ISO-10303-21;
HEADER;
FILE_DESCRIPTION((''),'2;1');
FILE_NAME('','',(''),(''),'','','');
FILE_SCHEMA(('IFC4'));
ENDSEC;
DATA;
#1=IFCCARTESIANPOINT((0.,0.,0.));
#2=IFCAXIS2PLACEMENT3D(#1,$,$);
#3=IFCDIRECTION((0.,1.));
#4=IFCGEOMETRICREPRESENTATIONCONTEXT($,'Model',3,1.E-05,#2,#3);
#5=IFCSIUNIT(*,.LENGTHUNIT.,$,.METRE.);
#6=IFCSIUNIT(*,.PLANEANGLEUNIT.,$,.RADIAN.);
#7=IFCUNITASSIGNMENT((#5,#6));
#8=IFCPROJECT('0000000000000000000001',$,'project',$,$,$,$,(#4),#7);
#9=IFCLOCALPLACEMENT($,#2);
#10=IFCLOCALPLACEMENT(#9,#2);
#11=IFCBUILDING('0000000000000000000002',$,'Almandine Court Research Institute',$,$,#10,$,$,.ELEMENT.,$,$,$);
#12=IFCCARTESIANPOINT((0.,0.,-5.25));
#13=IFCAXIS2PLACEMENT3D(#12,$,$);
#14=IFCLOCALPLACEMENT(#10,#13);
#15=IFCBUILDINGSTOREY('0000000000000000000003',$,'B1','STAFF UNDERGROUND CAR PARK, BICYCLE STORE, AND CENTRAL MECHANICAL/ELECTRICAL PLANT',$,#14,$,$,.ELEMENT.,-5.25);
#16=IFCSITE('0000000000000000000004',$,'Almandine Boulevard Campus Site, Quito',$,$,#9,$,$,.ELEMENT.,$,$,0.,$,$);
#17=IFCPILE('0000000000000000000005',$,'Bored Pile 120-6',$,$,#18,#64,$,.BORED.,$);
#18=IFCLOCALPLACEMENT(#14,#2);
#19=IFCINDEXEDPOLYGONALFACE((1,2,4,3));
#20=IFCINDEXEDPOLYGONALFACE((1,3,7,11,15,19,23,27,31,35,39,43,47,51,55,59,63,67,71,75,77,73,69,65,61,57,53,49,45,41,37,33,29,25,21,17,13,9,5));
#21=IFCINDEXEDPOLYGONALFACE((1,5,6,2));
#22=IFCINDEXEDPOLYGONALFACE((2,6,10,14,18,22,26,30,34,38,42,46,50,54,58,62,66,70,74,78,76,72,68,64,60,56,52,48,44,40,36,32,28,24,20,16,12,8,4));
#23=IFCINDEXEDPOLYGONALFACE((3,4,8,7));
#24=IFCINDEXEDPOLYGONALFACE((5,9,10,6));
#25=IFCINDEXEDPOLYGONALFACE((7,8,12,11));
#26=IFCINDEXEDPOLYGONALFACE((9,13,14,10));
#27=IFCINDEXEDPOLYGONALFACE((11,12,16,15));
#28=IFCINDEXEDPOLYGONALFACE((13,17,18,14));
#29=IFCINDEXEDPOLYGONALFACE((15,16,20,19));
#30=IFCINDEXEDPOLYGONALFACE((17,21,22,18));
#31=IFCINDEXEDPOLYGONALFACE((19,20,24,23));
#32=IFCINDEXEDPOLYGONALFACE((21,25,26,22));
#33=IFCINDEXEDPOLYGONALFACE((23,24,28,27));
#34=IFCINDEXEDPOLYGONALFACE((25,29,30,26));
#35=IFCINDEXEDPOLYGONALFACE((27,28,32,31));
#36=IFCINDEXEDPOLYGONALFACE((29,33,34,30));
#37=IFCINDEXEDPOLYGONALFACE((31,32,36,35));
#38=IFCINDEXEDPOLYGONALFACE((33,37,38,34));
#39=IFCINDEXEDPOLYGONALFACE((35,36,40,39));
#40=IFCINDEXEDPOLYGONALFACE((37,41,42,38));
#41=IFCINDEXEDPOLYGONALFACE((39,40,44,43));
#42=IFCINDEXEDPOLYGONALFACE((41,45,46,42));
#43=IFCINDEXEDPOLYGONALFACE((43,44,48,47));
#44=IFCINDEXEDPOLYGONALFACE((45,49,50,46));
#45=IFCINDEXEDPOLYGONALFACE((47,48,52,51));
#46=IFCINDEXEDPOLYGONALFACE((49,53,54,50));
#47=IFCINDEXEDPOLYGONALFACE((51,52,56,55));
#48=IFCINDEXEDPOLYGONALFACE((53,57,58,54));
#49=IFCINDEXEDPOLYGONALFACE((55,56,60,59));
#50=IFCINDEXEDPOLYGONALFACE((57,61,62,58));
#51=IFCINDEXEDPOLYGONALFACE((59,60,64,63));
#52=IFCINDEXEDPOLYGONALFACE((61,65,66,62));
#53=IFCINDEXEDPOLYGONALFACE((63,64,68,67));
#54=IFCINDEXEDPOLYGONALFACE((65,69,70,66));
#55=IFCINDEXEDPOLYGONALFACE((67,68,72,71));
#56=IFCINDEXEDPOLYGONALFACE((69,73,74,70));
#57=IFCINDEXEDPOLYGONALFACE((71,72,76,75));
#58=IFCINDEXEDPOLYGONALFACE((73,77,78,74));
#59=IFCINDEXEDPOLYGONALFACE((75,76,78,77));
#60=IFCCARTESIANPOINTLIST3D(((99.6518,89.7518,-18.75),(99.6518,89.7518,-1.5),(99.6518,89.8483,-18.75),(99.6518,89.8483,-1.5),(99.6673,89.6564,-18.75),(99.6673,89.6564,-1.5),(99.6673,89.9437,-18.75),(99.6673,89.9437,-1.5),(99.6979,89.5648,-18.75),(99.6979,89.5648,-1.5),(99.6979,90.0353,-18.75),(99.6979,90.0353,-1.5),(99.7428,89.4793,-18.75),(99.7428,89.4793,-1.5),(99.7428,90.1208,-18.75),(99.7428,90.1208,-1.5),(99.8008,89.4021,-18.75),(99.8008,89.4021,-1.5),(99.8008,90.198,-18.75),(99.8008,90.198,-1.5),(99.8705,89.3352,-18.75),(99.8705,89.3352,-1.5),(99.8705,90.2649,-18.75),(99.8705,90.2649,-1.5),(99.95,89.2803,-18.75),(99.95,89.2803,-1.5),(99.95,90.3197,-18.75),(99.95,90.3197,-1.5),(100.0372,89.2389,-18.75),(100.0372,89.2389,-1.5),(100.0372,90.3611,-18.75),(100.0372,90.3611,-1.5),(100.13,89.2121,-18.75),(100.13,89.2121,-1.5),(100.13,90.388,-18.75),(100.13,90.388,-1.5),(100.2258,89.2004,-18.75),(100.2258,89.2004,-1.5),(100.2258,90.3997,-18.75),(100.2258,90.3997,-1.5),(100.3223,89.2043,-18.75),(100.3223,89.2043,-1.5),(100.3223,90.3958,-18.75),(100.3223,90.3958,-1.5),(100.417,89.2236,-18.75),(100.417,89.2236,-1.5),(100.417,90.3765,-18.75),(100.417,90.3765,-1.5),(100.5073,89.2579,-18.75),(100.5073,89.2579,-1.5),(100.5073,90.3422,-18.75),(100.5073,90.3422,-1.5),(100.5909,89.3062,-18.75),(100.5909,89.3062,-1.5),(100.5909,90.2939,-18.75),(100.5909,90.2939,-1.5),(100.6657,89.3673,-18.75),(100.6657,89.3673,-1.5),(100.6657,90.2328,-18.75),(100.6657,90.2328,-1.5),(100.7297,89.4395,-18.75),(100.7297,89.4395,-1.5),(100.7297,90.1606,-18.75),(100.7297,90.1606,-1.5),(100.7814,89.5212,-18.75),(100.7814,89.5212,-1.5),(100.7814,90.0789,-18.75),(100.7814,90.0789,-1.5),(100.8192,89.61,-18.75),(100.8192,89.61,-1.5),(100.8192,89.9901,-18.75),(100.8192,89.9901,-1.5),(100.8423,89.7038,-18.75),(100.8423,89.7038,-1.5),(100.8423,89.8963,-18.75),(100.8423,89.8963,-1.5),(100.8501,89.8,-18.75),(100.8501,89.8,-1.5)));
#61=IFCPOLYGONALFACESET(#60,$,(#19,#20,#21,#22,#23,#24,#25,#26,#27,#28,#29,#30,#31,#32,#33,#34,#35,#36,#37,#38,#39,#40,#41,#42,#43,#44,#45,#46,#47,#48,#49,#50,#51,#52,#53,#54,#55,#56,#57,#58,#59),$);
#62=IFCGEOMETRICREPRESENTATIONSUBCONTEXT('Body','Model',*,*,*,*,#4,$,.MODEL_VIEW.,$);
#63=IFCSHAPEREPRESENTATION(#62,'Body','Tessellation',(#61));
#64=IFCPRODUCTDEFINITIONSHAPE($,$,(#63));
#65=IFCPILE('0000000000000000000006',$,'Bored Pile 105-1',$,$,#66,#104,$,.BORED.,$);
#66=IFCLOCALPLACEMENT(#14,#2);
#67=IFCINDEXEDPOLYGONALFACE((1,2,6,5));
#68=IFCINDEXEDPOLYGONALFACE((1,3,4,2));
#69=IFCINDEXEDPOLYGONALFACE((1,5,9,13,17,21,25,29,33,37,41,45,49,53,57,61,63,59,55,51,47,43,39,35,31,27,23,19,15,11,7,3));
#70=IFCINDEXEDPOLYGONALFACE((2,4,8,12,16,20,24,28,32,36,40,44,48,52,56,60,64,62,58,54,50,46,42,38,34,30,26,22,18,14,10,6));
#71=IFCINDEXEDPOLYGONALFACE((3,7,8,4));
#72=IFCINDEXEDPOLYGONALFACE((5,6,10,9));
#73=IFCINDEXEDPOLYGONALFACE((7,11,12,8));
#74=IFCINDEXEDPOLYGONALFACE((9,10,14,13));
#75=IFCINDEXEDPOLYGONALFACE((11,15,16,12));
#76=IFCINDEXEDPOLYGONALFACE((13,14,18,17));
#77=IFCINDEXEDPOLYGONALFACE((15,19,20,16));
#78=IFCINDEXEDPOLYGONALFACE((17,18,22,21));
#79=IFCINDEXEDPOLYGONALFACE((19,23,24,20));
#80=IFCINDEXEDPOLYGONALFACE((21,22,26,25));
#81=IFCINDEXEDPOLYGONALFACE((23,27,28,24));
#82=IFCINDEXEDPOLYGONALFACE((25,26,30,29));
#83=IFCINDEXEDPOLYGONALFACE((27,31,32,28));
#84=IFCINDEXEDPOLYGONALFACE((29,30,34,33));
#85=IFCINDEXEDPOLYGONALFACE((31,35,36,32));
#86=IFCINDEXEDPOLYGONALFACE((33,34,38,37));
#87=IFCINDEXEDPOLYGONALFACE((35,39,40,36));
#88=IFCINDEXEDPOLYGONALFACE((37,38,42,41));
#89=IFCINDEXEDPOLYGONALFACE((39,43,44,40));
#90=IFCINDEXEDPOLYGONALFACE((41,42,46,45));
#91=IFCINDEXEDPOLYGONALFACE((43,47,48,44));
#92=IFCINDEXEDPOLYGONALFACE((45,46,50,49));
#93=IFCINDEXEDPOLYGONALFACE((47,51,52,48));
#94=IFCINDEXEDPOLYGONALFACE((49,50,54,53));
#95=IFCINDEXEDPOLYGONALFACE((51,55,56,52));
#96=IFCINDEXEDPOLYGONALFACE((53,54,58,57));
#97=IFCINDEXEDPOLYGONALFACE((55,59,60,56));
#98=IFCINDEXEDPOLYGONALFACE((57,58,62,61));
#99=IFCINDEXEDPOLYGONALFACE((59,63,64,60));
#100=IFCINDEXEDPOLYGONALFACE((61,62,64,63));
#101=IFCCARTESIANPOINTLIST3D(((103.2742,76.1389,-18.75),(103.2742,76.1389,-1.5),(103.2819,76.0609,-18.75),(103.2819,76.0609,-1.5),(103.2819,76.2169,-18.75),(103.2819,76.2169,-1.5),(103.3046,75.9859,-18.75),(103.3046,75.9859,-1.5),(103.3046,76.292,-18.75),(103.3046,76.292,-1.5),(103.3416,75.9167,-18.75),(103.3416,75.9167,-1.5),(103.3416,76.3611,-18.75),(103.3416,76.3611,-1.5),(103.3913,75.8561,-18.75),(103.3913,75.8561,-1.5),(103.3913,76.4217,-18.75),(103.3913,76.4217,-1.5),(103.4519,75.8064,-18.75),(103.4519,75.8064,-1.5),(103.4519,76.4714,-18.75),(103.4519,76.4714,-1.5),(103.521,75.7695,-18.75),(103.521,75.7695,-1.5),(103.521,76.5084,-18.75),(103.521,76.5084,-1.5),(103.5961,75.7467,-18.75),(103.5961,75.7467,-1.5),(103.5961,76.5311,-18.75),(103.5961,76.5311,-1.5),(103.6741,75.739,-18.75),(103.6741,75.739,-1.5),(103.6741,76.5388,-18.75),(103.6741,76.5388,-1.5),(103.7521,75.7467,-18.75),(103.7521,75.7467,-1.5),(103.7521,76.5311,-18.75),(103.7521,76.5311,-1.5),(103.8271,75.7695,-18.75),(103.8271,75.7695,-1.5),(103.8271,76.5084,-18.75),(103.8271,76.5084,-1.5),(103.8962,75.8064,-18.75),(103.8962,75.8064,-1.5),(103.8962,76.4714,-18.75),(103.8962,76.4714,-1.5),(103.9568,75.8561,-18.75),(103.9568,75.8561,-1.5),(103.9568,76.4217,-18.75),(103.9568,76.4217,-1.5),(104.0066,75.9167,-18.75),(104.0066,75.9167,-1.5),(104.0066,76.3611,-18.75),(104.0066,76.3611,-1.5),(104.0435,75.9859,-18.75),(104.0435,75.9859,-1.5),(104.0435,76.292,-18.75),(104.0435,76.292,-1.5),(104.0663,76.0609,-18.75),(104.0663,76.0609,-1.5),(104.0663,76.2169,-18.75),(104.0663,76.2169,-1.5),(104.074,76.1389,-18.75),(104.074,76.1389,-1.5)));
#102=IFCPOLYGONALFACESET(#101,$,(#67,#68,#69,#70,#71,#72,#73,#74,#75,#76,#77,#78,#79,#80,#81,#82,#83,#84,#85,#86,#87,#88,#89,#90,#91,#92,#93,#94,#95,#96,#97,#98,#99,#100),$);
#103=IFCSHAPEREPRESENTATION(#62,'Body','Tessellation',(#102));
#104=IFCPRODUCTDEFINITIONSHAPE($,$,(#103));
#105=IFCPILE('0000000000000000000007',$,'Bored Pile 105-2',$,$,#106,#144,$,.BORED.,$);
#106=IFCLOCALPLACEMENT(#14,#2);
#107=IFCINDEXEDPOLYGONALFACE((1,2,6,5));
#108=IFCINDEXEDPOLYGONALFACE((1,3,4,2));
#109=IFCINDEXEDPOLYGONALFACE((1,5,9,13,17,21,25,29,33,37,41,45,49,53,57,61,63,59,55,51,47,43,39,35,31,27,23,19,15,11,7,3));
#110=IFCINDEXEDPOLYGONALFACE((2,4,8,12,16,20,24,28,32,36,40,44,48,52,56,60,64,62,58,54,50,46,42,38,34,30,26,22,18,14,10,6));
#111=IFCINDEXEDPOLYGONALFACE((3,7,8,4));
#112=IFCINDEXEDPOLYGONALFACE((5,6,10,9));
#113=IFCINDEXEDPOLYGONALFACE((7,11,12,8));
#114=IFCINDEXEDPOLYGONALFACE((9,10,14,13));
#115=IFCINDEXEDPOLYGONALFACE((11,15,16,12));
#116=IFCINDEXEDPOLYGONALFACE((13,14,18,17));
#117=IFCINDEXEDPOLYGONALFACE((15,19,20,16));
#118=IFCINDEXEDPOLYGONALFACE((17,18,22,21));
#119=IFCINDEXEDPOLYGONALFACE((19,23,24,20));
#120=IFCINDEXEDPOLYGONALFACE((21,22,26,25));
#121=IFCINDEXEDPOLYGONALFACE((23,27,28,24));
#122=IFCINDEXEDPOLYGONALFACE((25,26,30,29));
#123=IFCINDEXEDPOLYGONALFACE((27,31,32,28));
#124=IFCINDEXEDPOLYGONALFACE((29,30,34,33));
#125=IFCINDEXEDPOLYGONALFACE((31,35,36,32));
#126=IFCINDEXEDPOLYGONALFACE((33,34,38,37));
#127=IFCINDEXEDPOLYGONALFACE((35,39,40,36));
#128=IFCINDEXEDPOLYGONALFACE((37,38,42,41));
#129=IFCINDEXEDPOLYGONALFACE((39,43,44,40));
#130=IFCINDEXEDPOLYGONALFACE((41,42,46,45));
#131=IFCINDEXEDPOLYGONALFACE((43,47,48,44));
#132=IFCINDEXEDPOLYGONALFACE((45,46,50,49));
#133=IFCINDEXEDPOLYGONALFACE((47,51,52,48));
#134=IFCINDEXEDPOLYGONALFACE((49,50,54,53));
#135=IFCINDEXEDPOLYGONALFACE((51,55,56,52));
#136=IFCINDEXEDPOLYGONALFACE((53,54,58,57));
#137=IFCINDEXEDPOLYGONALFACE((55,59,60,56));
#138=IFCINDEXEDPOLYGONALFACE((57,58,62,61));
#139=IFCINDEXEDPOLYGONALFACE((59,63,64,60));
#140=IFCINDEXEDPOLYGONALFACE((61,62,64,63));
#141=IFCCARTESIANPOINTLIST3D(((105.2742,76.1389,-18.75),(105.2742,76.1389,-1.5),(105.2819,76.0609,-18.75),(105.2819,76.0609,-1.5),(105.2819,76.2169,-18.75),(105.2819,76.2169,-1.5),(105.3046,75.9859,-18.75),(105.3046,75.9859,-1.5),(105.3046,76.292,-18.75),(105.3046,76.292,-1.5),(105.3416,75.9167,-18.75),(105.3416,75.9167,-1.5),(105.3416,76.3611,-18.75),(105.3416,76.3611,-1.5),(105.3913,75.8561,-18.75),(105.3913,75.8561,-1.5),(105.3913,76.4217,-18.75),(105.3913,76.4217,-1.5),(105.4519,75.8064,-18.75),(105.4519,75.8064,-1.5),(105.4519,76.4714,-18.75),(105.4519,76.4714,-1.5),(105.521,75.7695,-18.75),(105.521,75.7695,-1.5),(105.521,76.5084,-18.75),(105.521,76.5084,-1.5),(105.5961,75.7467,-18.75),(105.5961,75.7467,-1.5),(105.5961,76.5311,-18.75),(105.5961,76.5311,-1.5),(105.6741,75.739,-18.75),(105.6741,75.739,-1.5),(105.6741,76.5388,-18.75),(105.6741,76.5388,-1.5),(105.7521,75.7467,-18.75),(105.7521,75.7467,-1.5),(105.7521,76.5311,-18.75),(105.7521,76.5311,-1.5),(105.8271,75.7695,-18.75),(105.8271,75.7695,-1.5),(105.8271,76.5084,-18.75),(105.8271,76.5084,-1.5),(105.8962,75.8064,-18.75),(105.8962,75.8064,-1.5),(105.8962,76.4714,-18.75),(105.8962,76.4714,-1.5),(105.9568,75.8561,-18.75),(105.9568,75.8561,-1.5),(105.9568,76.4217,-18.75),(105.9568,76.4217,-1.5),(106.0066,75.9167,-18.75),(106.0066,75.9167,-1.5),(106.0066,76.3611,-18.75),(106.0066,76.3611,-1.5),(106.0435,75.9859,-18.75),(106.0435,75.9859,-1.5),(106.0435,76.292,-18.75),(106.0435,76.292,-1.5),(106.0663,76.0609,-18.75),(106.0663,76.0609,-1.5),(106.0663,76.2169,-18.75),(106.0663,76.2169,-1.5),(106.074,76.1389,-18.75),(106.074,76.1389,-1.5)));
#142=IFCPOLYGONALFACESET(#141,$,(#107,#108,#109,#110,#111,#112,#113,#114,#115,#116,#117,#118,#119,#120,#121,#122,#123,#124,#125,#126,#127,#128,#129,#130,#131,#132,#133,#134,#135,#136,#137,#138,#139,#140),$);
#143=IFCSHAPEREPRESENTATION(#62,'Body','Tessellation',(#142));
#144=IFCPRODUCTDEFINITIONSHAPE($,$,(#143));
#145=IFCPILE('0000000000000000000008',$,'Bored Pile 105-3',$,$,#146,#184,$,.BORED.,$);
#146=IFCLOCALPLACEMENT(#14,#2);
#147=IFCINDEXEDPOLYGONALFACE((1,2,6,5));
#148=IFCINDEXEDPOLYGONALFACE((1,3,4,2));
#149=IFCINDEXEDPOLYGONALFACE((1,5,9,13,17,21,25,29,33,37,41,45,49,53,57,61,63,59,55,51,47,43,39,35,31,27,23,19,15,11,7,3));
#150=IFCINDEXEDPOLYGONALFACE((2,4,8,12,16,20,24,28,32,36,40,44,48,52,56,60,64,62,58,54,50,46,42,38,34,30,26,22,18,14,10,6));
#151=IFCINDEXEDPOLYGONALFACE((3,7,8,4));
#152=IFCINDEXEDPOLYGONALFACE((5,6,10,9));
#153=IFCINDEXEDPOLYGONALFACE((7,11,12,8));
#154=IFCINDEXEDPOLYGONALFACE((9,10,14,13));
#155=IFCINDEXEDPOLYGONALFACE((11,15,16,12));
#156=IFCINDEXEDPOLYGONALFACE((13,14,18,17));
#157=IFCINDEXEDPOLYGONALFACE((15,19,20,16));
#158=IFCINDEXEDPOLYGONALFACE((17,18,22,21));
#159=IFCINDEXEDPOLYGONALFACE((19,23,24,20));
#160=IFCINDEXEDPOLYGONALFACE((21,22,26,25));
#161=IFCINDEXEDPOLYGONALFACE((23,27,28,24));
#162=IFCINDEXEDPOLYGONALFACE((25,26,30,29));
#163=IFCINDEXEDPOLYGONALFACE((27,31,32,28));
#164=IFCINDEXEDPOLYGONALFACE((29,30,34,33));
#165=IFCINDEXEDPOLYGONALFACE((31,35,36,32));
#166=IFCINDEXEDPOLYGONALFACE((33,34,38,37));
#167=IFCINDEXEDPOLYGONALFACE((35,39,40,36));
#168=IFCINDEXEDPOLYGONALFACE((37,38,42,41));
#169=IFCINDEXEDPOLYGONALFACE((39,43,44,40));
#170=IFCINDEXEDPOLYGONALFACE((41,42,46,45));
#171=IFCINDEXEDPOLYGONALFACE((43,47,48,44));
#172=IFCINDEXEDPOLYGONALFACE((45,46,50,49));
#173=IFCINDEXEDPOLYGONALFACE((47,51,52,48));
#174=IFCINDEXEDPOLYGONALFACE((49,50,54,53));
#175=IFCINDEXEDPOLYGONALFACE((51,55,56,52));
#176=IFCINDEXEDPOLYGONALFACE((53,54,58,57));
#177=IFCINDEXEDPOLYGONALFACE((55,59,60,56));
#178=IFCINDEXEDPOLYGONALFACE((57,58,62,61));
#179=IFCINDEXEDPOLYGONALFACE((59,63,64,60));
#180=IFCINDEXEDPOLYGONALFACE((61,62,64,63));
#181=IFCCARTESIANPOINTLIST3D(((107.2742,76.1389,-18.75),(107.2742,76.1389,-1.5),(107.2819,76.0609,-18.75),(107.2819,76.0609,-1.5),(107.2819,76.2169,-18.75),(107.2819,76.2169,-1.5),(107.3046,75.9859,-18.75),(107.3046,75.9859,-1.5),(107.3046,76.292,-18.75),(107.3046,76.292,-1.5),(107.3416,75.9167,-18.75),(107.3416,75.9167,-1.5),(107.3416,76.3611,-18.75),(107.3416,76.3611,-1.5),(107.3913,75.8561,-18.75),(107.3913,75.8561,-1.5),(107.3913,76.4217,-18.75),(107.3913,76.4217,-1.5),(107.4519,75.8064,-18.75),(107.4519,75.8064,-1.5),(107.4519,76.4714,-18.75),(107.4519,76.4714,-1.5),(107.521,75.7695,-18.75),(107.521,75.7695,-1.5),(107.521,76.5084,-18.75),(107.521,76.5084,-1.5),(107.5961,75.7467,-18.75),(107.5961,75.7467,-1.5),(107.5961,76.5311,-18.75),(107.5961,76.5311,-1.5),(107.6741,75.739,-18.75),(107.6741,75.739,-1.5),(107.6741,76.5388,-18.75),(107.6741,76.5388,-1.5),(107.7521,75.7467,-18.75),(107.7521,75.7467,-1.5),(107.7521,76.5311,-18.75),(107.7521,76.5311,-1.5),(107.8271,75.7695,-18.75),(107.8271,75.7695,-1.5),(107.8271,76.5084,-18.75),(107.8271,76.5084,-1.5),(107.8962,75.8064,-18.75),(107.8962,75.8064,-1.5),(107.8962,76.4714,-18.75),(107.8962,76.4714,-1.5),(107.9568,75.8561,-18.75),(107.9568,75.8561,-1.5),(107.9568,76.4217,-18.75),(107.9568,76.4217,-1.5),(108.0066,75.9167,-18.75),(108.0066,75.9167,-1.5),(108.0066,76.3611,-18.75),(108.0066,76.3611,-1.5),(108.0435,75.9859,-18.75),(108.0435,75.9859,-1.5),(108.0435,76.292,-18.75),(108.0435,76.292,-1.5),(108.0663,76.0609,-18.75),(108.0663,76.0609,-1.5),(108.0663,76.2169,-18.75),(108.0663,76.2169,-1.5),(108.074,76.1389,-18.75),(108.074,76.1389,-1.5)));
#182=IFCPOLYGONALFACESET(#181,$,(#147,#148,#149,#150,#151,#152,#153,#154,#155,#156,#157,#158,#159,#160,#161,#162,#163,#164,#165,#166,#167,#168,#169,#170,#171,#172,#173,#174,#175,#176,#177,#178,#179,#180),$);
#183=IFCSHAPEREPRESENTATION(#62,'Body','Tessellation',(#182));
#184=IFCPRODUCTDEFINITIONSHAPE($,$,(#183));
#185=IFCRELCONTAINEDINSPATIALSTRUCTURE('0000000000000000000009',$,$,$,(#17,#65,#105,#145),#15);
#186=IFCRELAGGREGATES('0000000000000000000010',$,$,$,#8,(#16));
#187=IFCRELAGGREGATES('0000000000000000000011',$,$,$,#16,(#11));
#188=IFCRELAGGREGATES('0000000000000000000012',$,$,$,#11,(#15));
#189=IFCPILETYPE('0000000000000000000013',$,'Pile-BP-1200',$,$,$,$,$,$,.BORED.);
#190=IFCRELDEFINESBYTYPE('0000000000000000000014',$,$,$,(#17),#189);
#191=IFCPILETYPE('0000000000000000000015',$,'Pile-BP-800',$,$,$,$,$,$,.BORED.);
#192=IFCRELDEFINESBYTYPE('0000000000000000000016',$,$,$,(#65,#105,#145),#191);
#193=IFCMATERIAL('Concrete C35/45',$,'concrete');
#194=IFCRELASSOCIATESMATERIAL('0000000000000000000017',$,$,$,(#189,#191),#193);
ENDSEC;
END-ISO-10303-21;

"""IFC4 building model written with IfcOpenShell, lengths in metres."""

from ifc_helpers import new_model, si_unit, direction, frame, origin, origin_2d, place, context, subcontext, project, spatial, circle, extrude, material, material_profile, profile_set, type_object, element, save


model = new_model("IFC4")

# Units and contexts
model_context = context("Model", 3, precision=1e-05, world=origin(), true_north=direction((0.0, 1.0)))
body_context = subcontext(model_context, "Body", "Model", "MODEL_VIEW")
ifc_project = project(units=[si_unit("LENGTHUNIT", "METRE"), si_unit("PLANEANGLEUNIT", "RADIAN")], contexts=[model_context])

# Site, building, storey
site_placement = place(None, origin())
site = spatial("IfcSite", under=ifc_project, at=site_placement, Name="Almandine Boulevard Campus Site, Quito", CompositionType="ELEMENT", RefElevation=0.0)
building_placement = place(site_placement, origin())
building = spatial("IfcBuilding", under=site, at=building_placement, Name="Almandine Court Research Institute", CompositionType="ELEMENT")
storey_placement = place(building_placement, frame((0.0, 0.0, -5.25)))
storey = spatial("IfcBuildingStorey", under=building, at=storey_placement, Name="B1", Description="STAFF UNDERGROUND CAR PARK, BICYCLE STORE, AND CENTRAL MECHANICAL/ELECTRICAL PLANT", CompositionType="ELEMENT", Elevation=-5.25)

# Shared definitions
ifc_material_1 = material(Name="Concrete C35/45", Category="concrete")

# Piles
ifc_material_profile_1 = material_profile(ifc_material_1, circle(Radius=0.6001, at=origin_2d()), Name="BORED PILE D1200")
ifc_profile_set_1 = profile_set([ifc_material_profile_1], Name="Concrete C35/45")
pile_type_1 = type_object("IfcPileType", Name="Pile-BP-1200", PredefinedType="BORED", material=ifc_profile_set_1)
for number, where, z_axis, x_axis, name in (
    (1, (100.25, 89.8, -1.5), (0.0, 0.0, -1.0), (1.0, 0.0, 0.0), "Bored Pile 120-6"),
):
    element("IfcPile", number, at=place(storey_placement, frame(where, z_axis=z_axis, x_axis=x_axis)), inside=storey, type_object=pile_type_1, Name=name, PredefinedType="BORED", context=body_context, shape_type="SweptSolid", body=[
        extrude(circle(Radius=0.6001, at=origin_2d()), origin(), (0.0, 0.0, 1.0), 17.25),
    ])
ifc_material_profile_2 = material_profile(ifc_material_1, circle(Radius=0.3999, at=origin_2d()), Name="BORED PILE D800")
ifc_profile_set_2 = profile_set([ifc_material_profile_2], Name="Concrete C35/45")
pile_type_2 = type_object("IfcPileType", Name="Pile-BP-800", PredefinedType="BORED", material=ifc_profile_set_2)
for number, where, z_axis, x_axis, name in (
    (2, (103.6741, 76.1389, -1.5), (0.0, 0.0, -1.0), (1.0, 0.0, 0.0), "Bored Pile 105-1"),
    (3, (105.6741, 76.1389, -1.5), (0.0, 0.0, -1.0), (1.0, 0.0, 0.0), "Bored Pile 105-2"),
    (4, (107.6741, 76.1389, -1.5), (0.0, 0.0, -1.0), (1.0, 0.0, 0.0), "Bored Pile 105-3"),
):
    element("IfcPile", number, at=place(storey_placement, frame(where, z_axis=z_axis, x_axis=x_axis)), inside=storey, type_object=pile_type_2, Name=name, PredefinedType="BORED", context=body_context, shape_type="SweptSolid", body=[
        extrude(circle(Radius=0.3999, at=origin_2d()), origin(), (0.0, 0.0, 1.0), 17.25),
    ])

save(model, "model.ifc")
